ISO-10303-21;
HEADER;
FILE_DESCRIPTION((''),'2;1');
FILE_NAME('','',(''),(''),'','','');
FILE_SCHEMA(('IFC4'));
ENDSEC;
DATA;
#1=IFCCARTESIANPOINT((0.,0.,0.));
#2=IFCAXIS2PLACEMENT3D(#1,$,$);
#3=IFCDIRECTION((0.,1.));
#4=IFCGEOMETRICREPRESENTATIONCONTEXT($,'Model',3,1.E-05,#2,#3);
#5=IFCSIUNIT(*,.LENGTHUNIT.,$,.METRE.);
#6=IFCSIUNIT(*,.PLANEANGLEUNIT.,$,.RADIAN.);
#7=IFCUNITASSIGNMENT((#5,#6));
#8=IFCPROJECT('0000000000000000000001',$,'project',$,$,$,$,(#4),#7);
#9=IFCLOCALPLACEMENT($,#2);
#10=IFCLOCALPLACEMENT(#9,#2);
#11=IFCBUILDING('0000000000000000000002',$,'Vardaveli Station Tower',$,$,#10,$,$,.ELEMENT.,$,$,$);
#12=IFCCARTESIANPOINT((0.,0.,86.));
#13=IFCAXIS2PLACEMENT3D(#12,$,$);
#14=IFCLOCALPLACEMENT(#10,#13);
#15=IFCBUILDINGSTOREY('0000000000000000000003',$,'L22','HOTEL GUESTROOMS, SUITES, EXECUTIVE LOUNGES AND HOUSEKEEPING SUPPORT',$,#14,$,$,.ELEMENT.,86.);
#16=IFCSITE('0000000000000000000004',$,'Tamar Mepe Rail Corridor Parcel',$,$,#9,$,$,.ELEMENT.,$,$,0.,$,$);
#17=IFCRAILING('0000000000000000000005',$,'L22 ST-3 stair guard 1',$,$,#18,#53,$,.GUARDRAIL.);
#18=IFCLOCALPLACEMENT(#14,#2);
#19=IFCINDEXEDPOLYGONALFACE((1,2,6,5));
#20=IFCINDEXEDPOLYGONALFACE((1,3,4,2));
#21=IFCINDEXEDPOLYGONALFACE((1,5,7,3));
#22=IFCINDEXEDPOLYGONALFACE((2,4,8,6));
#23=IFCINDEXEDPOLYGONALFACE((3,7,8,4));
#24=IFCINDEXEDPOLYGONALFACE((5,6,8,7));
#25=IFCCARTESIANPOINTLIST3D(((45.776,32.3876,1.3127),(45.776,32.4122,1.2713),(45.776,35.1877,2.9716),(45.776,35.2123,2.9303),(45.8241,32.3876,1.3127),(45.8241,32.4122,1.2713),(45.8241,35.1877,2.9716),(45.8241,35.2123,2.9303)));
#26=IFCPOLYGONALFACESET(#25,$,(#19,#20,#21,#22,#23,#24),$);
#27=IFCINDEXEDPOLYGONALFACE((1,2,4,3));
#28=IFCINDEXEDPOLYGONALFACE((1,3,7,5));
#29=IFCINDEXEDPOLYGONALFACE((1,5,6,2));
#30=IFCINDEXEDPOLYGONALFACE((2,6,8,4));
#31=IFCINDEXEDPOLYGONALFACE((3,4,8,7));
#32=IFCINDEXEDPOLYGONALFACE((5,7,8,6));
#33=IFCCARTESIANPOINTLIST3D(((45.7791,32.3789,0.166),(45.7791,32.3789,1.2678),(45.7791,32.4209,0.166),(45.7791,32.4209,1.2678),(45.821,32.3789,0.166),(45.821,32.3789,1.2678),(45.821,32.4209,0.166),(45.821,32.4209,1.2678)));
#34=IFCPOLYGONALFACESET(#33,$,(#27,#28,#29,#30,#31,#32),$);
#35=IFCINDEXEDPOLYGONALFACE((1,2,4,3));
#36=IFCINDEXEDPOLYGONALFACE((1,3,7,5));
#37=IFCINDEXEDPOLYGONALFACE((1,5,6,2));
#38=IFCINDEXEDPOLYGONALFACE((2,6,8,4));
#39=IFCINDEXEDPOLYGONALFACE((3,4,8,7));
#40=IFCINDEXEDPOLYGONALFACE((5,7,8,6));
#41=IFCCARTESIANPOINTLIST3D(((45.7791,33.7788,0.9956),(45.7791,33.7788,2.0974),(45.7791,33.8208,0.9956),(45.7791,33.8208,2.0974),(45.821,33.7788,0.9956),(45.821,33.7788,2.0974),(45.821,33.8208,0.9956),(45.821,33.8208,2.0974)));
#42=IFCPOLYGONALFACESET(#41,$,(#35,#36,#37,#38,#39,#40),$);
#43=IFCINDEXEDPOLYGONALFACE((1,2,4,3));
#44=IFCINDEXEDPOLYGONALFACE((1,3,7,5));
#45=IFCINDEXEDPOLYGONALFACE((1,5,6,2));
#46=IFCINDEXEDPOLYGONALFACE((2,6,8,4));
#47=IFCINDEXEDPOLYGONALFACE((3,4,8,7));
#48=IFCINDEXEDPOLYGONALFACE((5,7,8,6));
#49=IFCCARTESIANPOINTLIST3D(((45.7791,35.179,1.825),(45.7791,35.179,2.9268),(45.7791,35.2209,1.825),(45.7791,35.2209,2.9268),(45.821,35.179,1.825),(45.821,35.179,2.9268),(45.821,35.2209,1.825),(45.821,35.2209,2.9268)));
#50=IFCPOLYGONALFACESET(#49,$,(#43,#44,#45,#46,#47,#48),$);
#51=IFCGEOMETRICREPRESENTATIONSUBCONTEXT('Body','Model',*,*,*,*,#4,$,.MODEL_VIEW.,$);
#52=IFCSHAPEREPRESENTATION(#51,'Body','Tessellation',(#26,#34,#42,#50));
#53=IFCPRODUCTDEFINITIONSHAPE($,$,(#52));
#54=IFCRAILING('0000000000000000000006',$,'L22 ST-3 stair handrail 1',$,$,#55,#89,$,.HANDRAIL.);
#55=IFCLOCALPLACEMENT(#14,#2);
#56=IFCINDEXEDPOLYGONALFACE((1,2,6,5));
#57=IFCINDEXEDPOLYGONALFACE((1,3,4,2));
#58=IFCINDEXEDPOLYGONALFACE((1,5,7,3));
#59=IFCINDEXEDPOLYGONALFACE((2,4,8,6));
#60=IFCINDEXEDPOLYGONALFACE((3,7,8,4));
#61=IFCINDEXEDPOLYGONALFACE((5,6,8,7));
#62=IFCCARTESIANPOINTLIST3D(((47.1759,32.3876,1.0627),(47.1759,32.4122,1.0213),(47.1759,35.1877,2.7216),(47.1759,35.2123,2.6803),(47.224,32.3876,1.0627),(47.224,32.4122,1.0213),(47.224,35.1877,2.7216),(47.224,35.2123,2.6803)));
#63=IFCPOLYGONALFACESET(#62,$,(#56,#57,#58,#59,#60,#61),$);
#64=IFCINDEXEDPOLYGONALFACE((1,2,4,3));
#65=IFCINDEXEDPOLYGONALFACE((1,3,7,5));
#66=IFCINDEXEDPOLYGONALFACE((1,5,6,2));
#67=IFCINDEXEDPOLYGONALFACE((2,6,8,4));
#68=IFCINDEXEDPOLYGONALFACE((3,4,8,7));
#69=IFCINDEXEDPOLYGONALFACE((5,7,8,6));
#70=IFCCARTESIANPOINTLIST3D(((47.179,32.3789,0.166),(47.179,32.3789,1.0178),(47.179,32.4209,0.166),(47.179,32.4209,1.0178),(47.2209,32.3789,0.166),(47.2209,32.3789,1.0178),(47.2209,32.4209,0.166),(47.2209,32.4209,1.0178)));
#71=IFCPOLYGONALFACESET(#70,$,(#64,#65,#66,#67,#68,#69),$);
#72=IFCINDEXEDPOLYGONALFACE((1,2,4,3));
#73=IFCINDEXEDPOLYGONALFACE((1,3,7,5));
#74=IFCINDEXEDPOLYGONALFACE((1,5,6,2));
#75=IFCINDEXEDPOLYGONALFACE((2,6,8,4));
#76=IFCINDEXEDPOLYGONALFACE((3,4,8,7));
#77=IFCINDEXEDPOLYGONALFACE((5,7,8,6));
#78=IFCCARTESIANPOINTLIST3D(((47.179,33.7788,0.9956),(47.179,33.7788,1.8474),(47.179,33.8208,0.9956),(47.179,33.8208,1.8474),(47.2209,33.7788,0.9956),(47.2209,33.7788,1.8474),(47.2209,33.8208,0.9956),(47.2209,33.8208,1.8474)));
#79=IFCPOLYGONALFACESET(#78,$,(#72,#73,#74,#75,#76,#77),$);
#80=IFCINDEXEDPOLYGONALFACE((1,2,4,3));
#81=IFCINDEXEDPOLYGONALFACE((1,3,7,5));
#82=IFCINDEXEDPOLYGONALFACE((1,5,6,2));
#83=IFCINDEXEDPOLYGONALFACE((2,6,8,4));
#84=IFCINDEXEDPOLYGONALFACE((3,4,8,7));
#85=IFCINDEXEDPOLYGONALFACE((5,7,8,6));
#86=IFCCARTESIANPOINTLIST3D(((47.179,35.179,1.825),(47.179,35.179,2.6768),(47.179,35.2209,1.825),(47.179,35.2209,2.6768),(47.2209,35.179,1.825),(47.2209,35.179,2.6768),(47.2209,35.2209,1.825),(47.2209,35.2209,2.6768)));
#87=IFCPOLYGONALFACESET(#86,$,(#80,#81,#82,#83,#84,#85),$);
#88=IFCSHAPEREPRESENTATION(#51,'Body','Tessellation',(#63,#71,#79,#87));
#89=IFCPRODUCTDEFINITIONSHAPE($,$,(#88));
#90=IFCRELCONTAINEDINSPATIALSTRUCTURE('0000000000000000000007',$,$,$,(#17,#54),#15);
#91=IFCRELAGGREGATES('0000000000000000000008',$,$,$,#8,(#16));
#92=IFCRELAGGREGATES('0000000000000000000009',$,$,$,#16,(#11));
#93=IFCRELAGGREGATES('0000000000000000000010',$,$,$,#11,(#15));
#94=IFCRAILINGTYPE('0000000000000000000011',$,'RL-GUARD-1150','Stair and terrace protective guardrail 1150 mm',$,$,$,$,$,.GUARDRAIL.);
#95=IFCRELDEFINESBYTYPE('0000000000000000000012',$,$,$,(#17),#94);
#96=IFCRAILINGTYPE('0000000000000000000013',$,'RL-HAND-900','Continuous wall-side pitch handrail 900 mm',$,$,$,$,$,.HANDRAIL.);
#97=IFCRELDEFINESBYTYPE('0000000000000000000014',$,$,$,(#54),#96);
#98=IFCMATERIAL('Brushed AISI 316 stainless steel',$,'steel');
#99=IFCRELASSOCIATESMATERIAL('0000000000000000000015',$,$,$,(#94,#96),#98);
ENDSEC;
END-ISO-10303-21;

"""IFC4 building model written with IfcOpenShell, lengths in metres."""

from ifc_helpers import new_model, si_unit, direction, frame, origin, origin_2d, place, context, subcontext, project, spatial, rectangle, extrude, source, transform, mapped, material, type_object, element, save


model = new_model("IFC4")

# Units and contexts
model_context = context("Model", 3, precision=1e-05, world=origin(), true_north=direction((0.0, 1.0)))
body_context = subcontext(model_context, "Body", "Model", "MODEL_VIEW")
ifc_project = project(units=[si_unit("LENGTHUNIT", "METRE"), si_unit("PLANEANGLEUNIT", "RADIAN")], contexts=[model_context])

# Site, building, storey
site_placement = place(None, origin())
site = spatial("IfcSite", under=ifc_project, at=site_placement, Name="Tamar Mepe Rail Corridor Parcel", CompositionType="ELEMENT", RefElevation=0.0)
building_placement = place(site_placement, origin())
building = spatial("IfcBuilding", under=site, at=building_placement, Name="Vardaveli Station Tower", CompositionType="ELEMENT")
storey_placement = place(building_placement, frame((0.0, 0.0, 86.0)))
storey = spatial("IfcBuildingStorey", under=building, at=storey_placement, Name="L22", Description="HOTEL GUESTROOMS, SUITES, EXECUTIVE LOUNGES AND HOUSEKEEPING SUPPORT", CompositionType="ELEMENT", Elevation=86.0)

# Railings
ifc_material_1 = material(Name="Brushed AISI 316 stainless steel", Category="steel")
railing_type_1 = type_object("IfcRailingType", Name="RL-GUARD-1150", Description="Stair and terrace protective guardrail 1150 mm", PredefinedType="GUARDRAIL", material=ifc_material_1)
shared_shape_1 = source(origin(), body_context, "Body", "SweptSolid", [
    extrude(rectangle(XDim=0.0481, YDim=0.0481, at=origin_2d()), frame((0.0, 0.0, 1.126), z_axis=(0.0, 0.860339, 0.509722), x_axis=(-1.0, 0.0, 0.0)), (0.0, 0.0, 1.0), 3.2546),
    extrude(rectangle(XDim=0.042, YDim=0.042, at=origin_2d()), origin(), (0.0, 0.0, 1.0), 1.1018),
    extrude(rectangle(XDim=0.042, YDim=0.042, at=origin_2d()), frame((0.0, 1.3999, 0.8296)), (0.0, 0.0, 1.0), 1.1018),
    extrude(rectangle(XDim=0.042, YDim=0.042, at=origin_2d()), frame((0.0, 2.8, 1.6589)), (0.0, 0.0, 1.0), 1.1018),
])
railing_1_placement = place(storey_placement, frame((45.8, 32.3999, 0.166)))
element("IfcRailing", 1, at=railing_1_placement, inside=storey, type_object=railing_type_1, Name="L22 ST-3 stair guard 1", PredefinedType="GUARDRAIL", context=body_context, shape_type="MappedRepresentation", body=[
    mapped(shared_shape_1, transform((0.0, 0.0, 0.0), scale=1.0)),
])
railing_type_2 = type_object("IfcRailingType", Name="RL-HAND-900", Description="Continuous wall-side pitch handrail 900 mm", PredefinedType="HANDRAIL", material=ifc_material_1)
shared_shape_2 = source(origin(), body_context, "Body", "SweptSolid", [
    extrude(rectangle(XDim=0.0481, YDim=0.0481, at=origin_2d()), frame((0.0, 0.0, 0.876), z_axis=(0.0, 0.860339, 0.509722), x_axis=(-1.0, 0.0, 0.0)), (0.0, 0.0, 1.0), 3.2546),
    extrude(rectangle(XDim=0.042, YDim=0.042, at=origin_2d()), origin(), (0.0, 0.0, 1.0), 0.8518),
    extrude(rectangle(XDim=0.042, YDim=0.042, at=origin_2d()), frame((0.0, 1.3999, 0.8296)), (0.0, 0.0, 1.0), 0.8518),
    extrude(rectangle(XDim=0.042, YDim=0.042, at=origin_2d()), frame((0.0, 2.8, 1.6589)), (0.0, 0.0, 1.0), 0.8518),
])
railing_2_placement = place(storey_placement, frame((47.2, 32.3999, 0.166)))
element("IfcRailing", 2, at=railing_2_placement, inside=storey, type_object=railing_type_2, Name="L22 ST-3 stair handrail 1", PredefinedType="HANDRAIL", context=body_context, shape_type="MappedRepresentation", body=[
    mapped(shared_shape_2, transform((0.0, 0.0, 0.0), scale=1.0)),
])

save(model, "model.ifc")
